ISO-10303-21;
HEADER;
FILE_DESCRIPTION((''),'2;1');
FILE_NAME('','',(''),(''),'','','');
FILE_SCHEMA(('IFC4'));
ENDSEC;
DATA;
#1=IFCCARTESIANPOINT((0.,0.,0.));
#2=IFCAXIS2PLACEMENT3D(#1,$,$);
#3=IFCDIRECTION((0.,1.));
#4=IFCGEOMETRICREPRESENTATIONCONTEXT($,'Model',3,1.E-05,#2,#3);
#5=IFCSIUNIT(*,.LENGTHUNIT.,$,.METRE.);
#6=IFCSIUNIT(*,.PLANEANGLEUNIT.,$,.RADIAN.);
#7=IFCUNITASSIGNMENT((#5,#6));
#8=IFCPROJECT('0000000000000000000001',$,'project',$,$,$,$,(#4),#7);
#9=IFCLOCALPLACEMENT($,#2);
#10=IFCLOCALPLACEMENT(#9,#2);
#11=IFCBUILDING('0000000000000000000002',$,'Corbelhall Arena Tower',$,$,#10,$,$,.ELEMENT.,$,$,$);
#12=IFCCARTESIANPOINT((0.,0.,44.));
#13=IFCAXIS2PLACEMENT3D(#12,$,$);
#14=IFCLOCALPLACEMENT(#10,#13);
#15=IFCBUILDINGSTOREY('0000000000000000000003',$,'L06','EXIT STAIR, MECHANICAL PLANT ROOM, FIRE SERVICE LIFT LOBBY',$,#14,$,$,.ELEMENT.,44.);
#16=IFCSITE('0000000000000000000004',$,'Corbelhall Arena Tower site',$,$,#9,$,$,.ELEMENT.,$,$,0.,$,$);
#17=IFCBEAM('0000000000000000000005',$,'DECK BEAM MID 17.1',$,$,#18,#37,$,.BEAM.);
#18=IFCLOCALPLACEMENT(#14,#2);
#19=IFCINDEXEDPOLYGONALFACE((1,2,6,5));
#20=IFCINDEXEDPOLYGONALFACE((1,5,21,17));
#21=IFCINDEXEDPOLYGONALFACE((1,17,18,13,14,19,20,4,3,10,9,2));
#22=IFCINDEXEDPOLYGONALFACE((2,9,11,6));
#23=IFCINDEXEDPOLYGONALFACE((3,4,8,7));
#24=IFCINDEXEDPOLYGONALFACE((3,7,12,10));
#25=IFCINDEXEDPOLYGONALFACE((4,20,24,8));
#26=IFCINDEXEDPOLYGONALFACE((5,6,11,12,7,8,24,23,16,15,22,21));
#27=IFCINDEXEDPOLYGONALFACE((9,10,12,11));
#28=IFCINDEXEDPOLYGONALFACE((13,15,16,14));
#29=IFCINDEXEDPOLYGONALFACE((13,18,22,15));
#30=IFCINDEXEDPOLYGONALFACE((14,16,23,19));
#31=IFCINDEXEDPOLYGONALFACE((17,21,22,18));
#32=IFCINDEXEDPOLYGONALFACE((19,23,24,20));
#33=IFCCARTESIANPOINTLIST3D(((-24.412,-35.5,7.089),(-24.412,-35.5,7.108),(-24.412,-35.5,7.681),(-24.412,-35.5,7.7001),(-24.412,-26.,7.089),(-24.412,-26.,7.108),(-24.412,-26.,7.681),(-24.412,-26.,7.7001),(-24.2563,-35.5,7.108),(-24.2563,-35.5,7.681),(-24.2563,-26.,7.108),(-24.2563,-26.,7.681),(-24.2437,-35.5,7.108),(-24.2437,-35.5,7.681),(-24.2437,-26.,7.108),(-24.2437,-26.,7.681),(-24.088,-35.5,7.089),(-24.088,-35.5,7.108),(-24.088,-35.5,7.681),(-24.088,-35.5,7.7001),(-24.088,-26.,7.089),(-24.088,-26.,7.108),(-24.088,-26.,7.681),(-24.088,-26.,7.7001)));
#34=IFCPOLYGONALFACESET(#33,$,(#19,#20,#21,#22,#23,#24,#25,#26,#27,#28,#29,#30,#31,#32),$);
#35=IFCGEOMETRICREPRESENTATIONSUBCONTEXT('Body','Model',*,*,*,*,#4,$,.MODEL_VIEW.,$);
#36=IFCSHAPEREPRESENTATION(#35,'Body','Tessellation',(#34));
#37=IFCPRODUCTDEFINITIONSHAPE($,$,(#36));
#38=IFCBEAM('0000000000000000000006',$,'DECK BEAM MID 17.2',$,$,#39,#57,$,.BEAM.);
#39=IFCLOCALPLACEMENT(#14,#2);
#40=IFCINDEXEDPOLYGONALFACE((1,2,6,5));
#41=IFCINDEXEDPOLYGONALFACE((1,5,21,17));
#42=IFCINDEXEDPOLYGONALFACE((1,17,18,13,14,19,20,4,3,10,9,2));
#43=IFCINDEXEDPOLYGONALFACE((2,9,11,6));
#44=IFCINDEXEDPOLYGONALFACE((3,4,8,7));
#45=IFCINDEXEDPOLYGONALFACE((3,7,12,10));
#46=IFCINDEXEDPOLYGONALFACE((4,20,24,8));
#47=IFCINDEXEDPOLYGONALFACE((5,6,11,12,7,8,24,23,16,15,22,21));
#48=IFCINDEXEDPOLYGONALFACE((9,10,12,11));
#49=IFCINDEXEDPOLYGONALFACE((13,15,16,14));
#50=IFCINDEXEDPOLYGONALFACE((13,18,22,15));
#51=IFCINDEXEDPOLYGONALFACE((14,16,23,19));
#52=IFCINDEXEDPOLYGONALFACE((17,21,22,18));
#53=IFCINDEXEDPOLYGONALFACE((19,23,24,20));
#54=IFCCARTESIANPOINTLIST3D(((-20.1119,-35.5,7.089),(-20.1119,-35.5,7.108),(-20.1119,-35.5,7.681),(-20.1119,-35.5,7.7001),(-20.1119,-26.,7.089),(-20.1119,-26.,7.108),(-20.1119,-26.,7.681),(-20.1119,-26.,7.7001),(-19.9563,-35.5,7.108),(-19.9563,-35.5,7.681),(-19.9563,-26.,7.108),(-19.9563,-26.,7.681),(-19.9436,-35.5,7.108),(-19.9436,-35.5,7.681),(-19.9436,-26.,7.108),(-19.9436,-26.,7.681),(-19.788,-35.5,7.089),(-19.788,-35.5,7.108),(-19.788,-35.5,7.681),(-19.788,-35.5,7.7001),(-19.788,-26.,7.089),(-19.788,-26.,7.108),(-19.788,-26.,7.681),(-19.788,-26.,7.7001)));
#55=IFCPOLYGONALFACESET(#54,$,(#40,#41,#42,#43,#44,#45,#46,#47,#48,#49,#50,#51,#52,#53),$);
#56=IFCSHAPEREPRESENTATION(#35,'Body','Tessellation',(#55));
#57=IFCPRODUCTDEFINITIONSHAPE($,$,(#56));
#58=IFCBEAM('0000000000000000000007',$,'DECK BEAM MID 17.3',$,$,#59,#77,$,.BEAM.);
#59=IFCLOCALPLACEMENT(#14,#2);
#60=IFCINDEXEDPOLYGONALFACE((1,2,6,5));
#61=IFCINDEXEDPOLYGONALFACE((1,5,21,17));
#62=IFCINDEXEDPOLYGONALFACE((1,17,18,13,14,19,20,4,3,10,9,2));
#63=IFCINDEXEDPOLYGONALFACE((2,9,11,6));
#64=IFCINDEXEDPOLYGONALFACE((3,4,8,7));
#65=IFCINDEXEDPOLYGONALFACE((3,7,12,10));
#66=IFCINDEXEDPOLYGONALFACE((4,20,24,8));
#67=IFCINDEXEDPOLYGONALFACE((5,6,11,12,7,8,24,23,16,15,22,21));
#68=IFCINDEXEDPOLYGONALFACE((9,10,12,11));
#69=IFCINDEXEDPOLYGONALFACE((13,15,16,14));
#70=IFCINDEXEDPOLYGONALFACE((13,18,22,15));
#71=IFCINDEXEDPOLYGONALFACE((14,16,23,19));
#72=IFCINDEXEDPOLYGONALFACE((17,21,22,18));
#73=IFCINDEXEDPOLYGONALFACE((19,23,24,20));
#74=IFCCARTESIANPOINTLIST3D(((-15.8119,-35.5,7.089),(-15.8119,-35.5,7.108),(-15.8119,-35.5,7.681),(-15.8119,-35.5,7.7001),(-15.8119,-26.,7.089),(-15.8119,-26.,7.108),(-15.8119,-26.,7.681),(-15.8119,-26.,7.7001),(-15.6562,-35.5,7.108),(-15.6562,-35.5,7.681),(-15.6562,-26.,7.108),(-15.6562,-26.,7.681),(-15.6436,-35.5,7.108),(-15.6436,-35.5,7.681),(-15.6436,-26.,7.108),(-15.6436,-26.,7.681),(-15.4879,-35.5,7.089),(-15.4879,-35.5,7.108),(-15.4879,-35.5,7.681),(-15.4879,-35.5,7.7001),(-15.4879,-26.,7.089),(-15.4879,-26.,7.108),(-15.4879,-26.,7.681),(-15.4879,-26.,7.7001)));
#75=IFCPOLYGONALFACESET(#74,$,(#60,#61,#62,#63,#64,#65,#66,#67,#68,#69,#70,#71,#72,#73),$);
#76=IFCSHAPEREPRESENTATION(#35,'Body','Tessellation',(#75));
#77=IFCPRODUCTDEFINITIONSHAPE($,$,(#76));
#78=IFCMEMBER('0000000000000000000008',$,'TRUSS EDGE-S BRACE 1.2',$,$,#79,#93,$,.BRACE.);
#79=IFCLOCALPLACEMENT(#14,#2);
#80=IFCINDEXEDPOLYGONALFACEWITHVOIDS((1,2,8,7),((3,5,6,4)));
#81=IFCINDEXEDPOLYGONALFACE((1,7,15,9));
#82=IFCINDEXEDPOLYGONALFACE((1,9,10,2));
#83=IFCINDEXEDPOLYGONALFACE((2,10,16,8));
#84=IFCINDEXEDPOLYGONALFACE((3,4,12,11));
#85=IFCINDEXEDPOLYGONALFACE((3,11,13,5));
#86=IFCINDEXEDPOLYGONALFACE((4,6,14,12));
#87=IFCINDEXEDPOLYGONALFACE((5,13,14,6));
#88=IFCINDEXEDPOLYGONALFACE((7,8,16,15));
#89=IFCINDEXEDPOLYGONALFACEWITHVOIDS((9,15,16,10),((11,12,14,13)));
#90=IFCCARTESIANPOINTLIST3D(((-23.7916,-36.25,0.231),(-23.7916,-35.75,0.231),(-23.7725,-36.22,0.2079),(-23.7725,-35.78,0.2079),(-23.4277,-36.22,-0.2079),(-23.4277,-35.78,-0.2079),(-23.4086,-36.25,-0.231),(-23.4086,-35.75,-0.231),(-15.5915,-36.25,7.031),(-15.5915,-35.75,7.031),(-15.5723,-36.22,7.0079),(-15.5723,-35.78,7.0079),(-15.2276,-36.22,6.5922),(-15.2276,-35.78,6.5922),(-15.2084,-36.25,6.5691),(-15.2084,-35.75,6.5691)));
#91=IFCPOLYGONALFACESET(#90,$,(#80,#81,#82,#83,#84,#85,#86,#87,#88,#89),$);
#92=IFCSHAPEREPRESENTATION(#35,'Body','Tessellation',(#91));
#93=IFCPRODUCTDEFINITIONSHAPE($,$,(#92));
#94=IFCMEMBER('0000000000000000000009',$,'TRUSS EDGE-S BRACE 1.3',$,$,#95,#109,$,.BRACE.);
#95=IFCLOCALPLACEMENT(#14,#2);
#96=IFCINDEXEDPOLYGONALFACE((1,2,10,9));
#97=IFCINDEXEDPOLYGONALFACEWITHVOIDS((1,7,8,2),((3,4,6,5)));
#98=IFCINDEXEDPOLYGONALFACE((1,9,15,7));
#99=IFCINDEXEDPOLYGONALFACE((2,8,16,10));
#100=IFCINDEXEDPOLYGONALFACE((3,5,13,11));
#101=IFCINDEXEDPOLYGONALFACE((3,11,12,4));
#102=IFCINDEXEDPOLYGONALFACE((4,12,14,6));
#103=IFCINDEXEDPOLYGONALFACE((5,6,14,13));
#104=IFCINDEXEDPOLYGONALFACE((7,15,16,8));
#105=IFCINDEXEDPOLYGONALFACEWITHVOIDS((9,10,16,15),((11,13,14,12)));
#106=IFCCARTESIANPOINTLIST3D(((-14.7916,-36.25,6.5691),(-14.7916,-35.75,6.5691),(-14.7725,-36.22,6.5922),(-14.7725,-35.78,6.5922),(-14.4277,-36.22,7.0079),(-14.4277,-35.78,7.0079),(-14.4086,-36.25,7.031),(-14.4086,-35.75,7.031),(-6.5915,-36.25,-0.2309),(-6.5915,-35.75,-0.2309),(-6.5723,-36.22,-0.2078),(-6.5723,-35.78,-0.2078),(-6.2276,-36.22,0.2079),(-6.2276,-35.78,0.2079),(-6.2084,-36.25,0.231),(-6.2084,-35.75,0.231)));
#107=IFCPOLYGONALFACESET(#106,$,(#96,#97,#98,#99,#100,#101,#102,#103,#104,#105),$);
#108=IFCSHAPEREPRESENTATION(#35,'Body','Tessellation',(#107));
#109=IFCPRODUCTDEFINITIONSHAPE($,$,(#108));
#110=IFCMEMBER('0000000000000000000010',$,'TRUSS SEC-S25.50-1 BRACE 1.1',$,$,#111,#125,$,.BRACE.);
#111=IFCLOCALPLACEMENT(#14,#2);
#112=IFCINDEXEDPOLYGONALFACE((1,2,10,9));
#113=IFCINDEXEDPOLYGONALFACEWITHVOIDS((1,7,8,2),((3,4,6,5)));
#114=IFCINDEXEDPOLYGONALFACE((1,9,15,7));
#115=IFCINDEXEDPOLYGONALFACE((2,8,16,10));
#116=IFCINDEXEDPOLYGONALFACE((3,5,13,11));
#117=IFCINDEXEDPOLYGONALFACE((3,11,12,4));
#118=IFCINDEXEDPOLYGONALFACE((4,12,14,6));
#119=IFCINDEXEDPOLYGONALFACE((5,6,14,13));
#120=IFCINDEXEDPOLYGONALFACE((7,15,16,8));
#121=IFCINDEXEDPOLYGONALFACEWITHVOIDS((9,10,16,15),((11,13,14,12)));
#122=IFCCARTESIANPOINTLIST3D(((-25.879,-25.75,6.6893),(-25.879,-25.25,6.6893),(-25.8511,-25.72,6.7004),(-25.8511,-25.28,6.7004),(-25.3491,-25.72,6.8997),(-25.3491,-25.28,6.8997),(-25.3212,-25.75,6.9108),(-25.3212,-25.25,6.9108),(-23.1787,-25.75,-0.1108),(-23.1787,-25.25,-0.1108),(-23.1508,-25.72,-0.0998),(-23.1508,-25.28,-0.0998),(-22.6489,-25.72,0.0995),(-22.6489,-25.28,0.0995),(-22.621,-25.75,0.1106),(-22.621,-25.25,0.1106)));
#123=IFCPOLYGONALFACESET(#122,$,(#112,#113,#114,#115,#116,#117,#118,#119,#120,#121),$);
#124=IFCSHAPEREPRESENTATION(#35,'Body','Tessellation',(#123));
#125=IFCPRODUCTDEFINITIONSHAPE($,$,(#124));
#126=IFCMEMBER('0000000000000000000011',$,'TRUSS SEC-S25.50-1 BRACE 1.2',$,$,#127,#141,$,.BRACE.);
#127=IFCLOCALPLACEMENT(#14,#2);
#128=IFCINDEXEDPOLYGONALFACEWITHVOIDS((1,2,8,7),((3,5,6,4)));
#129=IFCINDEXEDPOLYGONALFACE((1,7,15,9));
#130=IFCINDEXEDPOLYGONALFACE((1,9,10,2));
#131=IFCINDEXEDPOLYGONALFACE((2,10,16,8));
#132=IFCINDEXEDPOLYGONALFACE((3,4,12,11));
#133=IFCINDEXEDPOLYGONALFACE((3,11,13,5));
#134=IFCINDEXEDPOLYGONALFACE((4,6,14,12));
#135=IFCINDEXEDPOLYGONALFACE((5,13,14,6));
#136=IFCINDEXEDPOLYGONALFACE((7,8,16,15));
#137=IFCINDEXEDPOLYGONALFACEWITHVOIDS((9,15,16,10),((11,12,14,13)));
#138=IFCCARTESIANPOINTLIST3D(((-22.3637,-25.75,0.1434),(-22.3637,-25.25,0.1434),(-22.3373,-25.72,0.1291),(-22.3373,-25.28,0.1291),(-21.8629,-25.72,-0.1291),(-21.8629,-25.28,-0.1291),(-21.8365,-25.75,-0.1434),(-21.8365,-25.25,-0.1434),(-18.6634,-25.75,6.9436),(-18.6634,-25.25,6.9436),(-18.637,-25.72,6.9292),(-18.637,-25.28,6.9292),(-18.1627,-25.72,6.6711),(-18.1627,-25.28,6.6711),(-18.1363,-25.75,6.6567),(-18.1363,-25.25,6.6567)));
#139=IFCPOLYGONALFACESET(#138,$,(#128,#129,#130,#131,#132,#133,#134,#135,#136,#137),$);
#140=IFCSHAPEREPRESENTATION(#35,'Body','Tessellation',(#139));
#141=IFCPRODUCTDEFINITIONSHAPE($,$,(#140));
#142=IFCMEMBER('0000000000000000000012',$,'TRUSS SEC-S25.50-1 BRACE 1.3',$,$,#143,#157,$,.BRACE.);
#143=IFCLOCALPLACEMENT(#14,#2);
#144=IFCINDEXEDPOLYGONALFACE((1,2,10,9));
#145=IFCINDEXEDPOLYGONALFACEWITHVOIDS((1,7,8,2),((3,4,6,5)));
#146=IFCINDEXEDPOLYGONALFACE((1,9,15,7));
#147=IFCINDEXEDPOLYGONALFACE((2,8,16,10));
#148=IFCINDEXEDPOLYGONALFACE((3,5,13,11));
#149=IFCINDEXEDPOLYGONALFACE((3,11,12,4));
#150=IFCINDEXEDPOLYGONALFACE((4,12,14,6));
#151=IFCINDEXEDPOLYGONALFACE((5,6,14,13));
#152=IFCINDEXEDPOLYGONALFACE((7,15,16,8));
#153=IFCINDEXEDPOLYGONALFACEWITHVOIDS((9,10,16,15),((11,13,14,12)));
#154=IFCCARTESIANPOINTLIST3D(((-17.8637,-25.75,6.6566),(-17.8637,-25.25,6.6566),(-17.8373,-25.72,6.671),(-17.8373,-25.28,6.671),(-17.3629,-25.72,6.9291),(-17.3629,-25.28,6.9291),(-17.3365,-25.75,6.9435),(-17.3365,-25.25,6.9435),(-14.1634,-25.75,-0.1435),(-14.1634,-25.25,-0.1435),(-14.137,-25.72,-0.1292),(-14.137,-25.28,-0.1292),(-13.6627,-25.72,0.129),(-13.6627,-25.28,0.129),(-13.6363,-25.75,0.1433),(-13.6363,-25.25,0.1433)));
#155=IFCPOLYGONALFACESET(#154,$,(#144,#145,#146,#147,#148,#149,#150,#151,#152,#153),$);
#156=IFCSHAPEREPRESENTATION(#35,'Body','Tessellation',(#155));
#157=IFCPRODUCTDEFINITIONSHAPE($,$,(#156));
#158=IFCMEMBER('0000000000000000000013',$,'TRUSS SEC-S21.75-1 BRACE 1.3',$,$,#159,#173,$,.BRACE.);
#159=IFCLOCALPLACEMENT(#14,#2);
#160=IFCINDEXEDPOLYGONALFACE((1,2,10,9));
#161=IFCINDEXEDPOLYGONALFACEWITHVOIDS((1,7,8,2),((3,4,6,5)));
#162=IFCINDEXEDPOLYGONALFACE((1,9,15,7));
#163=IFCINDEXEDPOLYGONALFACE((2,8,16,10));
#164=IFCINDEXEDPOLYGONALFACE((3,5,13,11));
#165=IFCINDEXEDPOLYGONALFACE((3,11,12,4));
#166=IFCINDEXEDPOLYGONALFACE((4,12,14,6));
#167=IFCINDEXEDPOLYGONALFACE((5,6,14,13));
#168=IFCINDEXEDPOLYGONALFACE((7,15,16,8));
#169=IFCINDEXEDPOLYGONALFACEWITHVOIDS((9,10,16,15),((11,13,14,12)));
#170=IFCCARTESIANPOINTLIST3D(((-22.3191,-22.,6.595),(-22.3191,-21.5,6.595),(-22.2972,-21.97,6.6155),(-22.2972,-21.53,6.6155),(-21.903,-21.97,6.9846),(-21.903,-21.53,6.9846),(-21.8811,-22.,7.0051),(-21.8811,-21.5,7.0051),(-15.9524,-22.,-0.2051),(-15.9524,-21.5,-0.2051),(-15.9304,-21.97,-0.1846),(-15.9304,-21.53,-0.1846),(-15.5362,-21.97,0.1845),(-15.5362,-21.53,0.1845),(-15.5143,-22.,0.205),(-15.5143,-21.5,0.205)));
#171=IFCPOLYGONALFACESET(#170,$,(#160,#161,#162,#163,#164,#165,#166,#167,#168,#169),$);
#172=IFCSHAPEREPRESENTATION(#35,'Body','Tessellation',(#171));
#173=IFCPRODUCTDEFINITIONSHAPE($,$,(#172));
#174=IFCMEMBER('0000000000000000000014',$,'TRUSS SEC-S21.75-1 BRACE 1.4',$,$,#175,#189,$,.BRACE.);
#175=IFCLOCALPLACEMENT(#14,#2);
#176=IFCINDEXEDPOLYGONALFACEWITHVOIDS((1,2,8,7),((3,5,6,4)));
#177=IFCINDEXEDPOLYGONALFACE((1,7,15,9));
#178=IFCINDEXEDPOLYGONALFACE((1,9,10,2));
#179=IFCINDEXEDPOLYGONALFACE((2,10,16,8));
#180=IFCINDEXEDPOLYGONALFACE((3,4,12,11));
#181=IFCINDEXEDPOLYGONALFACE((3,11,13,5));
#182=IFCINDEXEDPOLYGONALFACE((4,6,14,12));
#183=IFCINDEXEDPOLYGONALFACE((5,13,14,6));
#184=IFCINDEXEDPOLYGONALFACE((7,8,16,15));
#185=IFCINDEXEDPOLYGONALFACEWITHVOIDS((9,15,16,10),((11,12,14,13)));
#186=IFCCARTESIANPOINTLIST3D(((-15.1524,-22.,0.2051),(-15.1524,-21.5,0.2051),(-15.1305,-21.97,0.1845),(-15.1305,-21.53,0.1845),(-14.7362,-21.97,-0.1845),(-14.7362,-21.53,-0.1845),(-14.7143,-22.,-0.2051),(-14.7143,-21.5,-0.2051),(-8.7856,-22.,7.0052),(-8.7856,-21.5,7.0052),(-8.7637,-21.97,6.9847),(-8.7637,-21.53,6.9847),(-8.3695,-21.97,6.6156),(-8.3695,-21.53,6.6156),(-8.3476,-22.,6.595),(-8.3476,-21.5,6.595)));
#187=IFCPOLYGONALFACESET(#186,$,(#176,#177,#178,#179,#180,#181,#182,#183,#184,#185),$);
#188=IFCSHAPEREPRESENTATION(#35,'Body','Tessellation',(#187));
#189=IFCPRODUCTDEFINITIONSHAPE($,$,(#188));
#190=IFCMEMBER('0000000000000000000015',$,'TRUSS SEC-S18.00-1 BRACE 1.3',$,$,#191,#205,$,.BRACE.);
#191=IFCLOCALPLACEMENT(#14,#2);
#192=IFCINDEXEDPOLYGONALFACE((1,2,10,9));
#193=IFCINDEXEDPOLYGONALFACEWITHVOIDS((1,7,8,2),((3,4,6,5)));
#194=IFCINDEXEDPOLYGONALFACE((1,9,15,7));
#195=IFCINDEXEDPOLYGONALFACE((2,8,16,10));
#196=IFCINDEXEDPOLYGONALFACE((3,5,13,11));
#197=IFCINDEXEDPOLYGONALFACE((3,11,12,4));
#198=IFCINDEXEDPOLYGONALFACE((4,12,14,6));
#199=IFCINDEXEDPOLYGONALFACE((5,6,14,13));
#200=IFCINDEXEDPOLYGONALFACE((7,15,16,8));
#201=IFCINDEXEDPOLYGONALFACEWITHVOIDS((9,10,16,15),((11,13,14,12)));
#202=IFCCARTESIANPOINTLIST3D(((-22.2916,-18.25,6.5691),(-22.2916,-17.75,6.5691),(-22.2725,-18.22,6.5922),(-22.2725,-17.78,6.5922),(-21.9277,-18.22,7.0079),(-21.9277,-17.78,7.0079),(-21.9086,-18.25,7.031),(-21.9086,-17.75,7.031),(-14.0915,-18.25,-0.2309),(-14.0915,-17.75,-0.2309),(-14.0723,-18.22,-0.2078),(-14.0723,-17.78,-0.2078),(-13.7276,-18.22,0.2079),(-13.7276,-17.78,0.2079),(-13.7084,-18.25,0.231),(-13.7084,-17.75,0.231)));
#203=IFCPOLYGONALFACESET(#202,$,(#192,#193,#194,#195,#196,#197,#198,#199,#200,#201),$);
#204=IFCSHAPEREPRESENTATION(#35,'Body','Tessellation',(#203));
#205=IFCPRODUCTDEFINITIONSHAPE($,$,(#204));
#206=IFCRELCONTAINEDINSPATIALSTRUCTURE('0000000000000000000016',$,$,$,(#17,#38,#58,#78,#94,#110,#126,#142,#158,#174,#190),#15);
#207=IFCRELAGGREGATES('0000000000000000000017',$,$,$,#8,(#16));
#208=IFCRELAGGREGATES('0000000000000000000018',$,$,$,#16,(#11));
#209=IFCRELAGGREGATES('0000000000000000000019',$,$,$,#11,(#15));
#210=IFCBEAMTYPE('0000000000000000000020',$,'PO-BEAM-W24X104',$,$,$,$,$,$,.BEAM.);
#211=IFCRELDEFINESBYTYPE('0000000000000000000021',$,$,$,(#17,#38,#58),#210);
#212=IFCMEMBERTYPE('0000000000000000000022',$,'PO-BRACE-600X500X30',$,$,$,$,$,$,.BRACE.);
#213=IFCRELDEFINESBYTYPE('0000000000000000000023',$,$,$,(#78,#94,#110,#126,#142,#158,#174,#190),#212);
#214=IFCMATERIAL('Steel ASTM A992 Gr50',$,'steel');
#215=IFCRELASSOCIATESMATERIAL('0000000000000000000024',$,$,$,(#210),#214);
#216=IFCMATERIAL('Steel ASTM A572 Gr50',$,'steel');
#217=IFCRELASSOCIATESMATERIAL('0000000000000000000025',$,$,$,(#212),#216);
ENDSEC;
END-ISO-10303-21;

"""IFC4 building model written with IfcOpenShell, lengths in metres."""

from ifc_helpers import new_model, si_unit, direction, frame, origin, origin_2d, place, context, subcontext, project, spatial, hollow_rectangle, i_section, extrude, material, material_profile, profile_set, type_object, element, save


model = new_model("IFC4")

# Units and contexts
model_context = context("Model", 3, precision=1e-05, world=origin(), true_north=direction((0.0, 1.0)))
body_context = subcontext(model_context, "Body", "Model", "MODEL_VIEW")
ifc_project = project(units=[si_unit("LENGTHUNIT", "METRE"), si_unit("PLANEANGLEUNIT", "RADIAN")], contexts=[model_context])

# Site, building, storey
site_placement = place(None, origin())
site = spatial("IfcSite", under=ifc_project, at=site_placement, Name="Corbelhall Arena Tower site", CompositionType="ELEMENT", RefElevation=0.0)
building_placement = place(site_placement, origin())
building = spatial("IfcBuilding", under=site, at=building_placement, Name="Corbelhall Arena Tower", CompositionType="ELEMENT")
storey_placement = place(building_placement, frame((0.0, 0.0, 44.0)))
storey = spatial("IfcBuildingStorey", under=building, at=storey_placement, Name="L06", Description="EXIT STAIR, MECHANICAL PLANT ROOM, FIRE SERVICE LIFT LOBBY", CompositionType="ELEMENT", Elevation=44.0)

# Beams
ifc_material_1 = material(Name="Steel ASTM A992 Gr50", Category="steel")
ifc_material_profile_1 = material_profile(ifc_material_1, i_section(OverallWidth=0.324, OverallDepth=0.6111, WebThickness=0.0127, FlangeThickness=0.019, at=origin_2d()))
ifc_profile_set_1 = profile_set([ifc_material_profile_1], Name="Steel ASTM A992 Gr50")
beam_type = type_object("IfcBeamType", Name="PO-BEAM-W24X104", PredefinedType="BEAM", material=ifc_profile_set_1)
for number, where, z_axis, x_axis, name in (
    (1, (-24.25, -35.5, 7.3945), (0.0, 1.0, 0.0), (-1.0, 0.0, 0.0), "DECK BEAM MID 17.1"),
    (2, (-19.95, -35.5, 7.3945), (0.0, 1.0, 0.0), (-1.0, 0.0, 0.0), "DECK BEAM MID 17.2"),
    (3, (-15.6499, -35.5, 7.3945), (0.0, 1.0, 0.0), (-1.0, 0.0, 0.0), "DECK BEAM MID 17.3"),
):
    element("IfcBeam", number, at=place(storey_placement, frame(where, z_axis=z_axis, x_axis=x_axis)), inside=storey, type_object=beam_type, Name=name, PredefinedType="BEAM", context=body_context, shape_type="SweptSolid", body=[
        extrude(i_section(OverallWidth=0.324, OverallDepth=0.6111, WebThickness=0.0127, FlangeThickness=0.019, at=origin_2d()), origin(), (0.0, 0.0, 1.0), 9.5),
    ])

# Members
ifc_material_2 = material(Name="Steel ASTM A572 Gr50", Category="steel")
ifc_material_profile_2 = material_profile(ifc_material_2, hollow_rectangle(XDim=0.5, YDim=0.6001, WallThickness=0.03, at=origin_2d()))
ifc_profile_set_2 = profile_set([ifc_material_profile_2], Name="Steel ASTM A572 Gr50")
member_type_1 = type_object("IfcMemberType", Name="PO-BRACE-600X500X30", PredefinedType="BRACE", material=ifc_profile_set_2)
for number, where, z_axis, x_axis, name in (
    (4, (-23.6001, -36.0, 0.0), (0.769763, 0.0, 0.63833), (0.0, 1.0, 0.0), "TRUSS EDGE-S BRACE 1.2"),
    (5, (-14.6001, -36.0, 6.8), (0.769763, 0.0, -0.63833), (0.0, 1.0, 0.0), "TRUSS EDGE-S BRACE 1.3"),
):
    element("IfcMember", number, at=place(storey_placement, frame(where, z_axis=z_axis, x_axis=x_axis)), inside=storey, type_object=member_type_1, Name=name, PredefinedType="BRACE", context=body_context, shape_type="SweptSolid", body=[
        extrude(hollow_rectangle(XDim=0.5, YDim=0.6001, WallThickness=0.03, at=origin_2d()), origin(), (0.0, 0.0, 1.0), 10.6528),
    ])
member_1_placement = place(storey_placement, frame((-25.6001, -25.5, 6.8), z_axis=(0.369054, 0.0, -0.929408), x_axis=(0.0, 1.0, 0.0)))
element("IfcMember", 6, at=member_1_placement, inside=storey, type_object=member_type_1, Name="TRUSS SEC-S25.50-1 BRACE 1.1", PredefinedType="BRACE", context=body_context, shape_type="SweptSolid", body=[
    extrude(hollow_rectangle(XDim=0.5, YDim=0.6001, WallThickness=0.03, at=origin_2d()), origin(), (0.0, 0.0, 1.0), 7.3167),
])
for number, where, z_axis, x_axis, name in (
    (7, (-22.1001, -25.5, 0.0), (0.477964, 0.0, 0.87838), (0.0, 1.0, 0.0), "TRUSS SEC-S25.50-1 BRACE 1.2"),
    (8, (-17.6001, -25.5, 6.8), (0.477964, 0.0, -0.87838), (0.0, 1.0, 0.0), "TRUSS SEC-S25.50-1 BRACE 1.3"),
):
    element("IfcMember", number, at=place(storey_placement, frame(where, z_axis=z_axis, x_axis=x_axis)), inside=storey, type_object=member_type_1, Name=name, PredefinedType="BRACE", context=body_context, shape_type="SweptSolid", body=[
        extrude(hollow_rectangle(XDim=0.5, YDim=0.6001, WallThickness=0.03, at=origin_2d()), origin(), (0.0, 0.0, 1.0), 7.7417),
    ])
for number, where, z_axis, x_axis, name in (
    (9, (-22.1001, -21.75, 6.8), (0.683464, 0.0, -0.729984), (0.0, 1.0, 0.0), "TRUSS SEC-S21.75-1 BRACE 1.3"),
    (10, (-14.9333, -21.75, 0.0), (0.683464, 0.0, 0.729984), (0.0, 1.0, 0.0), "TRUSS SEC-S21.75-1 BRACE 1.4"),
):
    element("IfcMember", number, at=place(storey_placement, frame(where, z_axis=z_axis, x_axis=x_axis)), inside=storey, type_object=member_type_1, Name=name, PredefinedType="BRACE", context=body_context, shape_type="SweptSolid", body=[
        extrude(hollow_rectangle(XDim=0.5, YDim=0.6001, WallThickness=0.03, at=origin_2d()), origin(), (0.0, 0.0, 1.0), 9.3154),
    ])
member_2_placement = place(storey_placement, frame((-22.1001, -18.0, 6.8), z_axis=(0.769763, 0.0, -0.63833), x_axis=(0.0, 1.0, 0.0)))
element("IfcMember", 11, at=member_2_placement, inside=storey, type_object=member_type_1, Name="TRUSS SEC-S18.00-1 BRACE 1.3", PredefinedType="BRACE", context=body_context, shape_type="SweptSolid", body=[
    extrude(hollow_rectangle(XDim=0.5, YDim=0.6001, WallThickness=0.03, at=origin_2d()), origin(), (0.0, 0.0, 1.0), 10.6528),
])

save(model, "model.ifc")
